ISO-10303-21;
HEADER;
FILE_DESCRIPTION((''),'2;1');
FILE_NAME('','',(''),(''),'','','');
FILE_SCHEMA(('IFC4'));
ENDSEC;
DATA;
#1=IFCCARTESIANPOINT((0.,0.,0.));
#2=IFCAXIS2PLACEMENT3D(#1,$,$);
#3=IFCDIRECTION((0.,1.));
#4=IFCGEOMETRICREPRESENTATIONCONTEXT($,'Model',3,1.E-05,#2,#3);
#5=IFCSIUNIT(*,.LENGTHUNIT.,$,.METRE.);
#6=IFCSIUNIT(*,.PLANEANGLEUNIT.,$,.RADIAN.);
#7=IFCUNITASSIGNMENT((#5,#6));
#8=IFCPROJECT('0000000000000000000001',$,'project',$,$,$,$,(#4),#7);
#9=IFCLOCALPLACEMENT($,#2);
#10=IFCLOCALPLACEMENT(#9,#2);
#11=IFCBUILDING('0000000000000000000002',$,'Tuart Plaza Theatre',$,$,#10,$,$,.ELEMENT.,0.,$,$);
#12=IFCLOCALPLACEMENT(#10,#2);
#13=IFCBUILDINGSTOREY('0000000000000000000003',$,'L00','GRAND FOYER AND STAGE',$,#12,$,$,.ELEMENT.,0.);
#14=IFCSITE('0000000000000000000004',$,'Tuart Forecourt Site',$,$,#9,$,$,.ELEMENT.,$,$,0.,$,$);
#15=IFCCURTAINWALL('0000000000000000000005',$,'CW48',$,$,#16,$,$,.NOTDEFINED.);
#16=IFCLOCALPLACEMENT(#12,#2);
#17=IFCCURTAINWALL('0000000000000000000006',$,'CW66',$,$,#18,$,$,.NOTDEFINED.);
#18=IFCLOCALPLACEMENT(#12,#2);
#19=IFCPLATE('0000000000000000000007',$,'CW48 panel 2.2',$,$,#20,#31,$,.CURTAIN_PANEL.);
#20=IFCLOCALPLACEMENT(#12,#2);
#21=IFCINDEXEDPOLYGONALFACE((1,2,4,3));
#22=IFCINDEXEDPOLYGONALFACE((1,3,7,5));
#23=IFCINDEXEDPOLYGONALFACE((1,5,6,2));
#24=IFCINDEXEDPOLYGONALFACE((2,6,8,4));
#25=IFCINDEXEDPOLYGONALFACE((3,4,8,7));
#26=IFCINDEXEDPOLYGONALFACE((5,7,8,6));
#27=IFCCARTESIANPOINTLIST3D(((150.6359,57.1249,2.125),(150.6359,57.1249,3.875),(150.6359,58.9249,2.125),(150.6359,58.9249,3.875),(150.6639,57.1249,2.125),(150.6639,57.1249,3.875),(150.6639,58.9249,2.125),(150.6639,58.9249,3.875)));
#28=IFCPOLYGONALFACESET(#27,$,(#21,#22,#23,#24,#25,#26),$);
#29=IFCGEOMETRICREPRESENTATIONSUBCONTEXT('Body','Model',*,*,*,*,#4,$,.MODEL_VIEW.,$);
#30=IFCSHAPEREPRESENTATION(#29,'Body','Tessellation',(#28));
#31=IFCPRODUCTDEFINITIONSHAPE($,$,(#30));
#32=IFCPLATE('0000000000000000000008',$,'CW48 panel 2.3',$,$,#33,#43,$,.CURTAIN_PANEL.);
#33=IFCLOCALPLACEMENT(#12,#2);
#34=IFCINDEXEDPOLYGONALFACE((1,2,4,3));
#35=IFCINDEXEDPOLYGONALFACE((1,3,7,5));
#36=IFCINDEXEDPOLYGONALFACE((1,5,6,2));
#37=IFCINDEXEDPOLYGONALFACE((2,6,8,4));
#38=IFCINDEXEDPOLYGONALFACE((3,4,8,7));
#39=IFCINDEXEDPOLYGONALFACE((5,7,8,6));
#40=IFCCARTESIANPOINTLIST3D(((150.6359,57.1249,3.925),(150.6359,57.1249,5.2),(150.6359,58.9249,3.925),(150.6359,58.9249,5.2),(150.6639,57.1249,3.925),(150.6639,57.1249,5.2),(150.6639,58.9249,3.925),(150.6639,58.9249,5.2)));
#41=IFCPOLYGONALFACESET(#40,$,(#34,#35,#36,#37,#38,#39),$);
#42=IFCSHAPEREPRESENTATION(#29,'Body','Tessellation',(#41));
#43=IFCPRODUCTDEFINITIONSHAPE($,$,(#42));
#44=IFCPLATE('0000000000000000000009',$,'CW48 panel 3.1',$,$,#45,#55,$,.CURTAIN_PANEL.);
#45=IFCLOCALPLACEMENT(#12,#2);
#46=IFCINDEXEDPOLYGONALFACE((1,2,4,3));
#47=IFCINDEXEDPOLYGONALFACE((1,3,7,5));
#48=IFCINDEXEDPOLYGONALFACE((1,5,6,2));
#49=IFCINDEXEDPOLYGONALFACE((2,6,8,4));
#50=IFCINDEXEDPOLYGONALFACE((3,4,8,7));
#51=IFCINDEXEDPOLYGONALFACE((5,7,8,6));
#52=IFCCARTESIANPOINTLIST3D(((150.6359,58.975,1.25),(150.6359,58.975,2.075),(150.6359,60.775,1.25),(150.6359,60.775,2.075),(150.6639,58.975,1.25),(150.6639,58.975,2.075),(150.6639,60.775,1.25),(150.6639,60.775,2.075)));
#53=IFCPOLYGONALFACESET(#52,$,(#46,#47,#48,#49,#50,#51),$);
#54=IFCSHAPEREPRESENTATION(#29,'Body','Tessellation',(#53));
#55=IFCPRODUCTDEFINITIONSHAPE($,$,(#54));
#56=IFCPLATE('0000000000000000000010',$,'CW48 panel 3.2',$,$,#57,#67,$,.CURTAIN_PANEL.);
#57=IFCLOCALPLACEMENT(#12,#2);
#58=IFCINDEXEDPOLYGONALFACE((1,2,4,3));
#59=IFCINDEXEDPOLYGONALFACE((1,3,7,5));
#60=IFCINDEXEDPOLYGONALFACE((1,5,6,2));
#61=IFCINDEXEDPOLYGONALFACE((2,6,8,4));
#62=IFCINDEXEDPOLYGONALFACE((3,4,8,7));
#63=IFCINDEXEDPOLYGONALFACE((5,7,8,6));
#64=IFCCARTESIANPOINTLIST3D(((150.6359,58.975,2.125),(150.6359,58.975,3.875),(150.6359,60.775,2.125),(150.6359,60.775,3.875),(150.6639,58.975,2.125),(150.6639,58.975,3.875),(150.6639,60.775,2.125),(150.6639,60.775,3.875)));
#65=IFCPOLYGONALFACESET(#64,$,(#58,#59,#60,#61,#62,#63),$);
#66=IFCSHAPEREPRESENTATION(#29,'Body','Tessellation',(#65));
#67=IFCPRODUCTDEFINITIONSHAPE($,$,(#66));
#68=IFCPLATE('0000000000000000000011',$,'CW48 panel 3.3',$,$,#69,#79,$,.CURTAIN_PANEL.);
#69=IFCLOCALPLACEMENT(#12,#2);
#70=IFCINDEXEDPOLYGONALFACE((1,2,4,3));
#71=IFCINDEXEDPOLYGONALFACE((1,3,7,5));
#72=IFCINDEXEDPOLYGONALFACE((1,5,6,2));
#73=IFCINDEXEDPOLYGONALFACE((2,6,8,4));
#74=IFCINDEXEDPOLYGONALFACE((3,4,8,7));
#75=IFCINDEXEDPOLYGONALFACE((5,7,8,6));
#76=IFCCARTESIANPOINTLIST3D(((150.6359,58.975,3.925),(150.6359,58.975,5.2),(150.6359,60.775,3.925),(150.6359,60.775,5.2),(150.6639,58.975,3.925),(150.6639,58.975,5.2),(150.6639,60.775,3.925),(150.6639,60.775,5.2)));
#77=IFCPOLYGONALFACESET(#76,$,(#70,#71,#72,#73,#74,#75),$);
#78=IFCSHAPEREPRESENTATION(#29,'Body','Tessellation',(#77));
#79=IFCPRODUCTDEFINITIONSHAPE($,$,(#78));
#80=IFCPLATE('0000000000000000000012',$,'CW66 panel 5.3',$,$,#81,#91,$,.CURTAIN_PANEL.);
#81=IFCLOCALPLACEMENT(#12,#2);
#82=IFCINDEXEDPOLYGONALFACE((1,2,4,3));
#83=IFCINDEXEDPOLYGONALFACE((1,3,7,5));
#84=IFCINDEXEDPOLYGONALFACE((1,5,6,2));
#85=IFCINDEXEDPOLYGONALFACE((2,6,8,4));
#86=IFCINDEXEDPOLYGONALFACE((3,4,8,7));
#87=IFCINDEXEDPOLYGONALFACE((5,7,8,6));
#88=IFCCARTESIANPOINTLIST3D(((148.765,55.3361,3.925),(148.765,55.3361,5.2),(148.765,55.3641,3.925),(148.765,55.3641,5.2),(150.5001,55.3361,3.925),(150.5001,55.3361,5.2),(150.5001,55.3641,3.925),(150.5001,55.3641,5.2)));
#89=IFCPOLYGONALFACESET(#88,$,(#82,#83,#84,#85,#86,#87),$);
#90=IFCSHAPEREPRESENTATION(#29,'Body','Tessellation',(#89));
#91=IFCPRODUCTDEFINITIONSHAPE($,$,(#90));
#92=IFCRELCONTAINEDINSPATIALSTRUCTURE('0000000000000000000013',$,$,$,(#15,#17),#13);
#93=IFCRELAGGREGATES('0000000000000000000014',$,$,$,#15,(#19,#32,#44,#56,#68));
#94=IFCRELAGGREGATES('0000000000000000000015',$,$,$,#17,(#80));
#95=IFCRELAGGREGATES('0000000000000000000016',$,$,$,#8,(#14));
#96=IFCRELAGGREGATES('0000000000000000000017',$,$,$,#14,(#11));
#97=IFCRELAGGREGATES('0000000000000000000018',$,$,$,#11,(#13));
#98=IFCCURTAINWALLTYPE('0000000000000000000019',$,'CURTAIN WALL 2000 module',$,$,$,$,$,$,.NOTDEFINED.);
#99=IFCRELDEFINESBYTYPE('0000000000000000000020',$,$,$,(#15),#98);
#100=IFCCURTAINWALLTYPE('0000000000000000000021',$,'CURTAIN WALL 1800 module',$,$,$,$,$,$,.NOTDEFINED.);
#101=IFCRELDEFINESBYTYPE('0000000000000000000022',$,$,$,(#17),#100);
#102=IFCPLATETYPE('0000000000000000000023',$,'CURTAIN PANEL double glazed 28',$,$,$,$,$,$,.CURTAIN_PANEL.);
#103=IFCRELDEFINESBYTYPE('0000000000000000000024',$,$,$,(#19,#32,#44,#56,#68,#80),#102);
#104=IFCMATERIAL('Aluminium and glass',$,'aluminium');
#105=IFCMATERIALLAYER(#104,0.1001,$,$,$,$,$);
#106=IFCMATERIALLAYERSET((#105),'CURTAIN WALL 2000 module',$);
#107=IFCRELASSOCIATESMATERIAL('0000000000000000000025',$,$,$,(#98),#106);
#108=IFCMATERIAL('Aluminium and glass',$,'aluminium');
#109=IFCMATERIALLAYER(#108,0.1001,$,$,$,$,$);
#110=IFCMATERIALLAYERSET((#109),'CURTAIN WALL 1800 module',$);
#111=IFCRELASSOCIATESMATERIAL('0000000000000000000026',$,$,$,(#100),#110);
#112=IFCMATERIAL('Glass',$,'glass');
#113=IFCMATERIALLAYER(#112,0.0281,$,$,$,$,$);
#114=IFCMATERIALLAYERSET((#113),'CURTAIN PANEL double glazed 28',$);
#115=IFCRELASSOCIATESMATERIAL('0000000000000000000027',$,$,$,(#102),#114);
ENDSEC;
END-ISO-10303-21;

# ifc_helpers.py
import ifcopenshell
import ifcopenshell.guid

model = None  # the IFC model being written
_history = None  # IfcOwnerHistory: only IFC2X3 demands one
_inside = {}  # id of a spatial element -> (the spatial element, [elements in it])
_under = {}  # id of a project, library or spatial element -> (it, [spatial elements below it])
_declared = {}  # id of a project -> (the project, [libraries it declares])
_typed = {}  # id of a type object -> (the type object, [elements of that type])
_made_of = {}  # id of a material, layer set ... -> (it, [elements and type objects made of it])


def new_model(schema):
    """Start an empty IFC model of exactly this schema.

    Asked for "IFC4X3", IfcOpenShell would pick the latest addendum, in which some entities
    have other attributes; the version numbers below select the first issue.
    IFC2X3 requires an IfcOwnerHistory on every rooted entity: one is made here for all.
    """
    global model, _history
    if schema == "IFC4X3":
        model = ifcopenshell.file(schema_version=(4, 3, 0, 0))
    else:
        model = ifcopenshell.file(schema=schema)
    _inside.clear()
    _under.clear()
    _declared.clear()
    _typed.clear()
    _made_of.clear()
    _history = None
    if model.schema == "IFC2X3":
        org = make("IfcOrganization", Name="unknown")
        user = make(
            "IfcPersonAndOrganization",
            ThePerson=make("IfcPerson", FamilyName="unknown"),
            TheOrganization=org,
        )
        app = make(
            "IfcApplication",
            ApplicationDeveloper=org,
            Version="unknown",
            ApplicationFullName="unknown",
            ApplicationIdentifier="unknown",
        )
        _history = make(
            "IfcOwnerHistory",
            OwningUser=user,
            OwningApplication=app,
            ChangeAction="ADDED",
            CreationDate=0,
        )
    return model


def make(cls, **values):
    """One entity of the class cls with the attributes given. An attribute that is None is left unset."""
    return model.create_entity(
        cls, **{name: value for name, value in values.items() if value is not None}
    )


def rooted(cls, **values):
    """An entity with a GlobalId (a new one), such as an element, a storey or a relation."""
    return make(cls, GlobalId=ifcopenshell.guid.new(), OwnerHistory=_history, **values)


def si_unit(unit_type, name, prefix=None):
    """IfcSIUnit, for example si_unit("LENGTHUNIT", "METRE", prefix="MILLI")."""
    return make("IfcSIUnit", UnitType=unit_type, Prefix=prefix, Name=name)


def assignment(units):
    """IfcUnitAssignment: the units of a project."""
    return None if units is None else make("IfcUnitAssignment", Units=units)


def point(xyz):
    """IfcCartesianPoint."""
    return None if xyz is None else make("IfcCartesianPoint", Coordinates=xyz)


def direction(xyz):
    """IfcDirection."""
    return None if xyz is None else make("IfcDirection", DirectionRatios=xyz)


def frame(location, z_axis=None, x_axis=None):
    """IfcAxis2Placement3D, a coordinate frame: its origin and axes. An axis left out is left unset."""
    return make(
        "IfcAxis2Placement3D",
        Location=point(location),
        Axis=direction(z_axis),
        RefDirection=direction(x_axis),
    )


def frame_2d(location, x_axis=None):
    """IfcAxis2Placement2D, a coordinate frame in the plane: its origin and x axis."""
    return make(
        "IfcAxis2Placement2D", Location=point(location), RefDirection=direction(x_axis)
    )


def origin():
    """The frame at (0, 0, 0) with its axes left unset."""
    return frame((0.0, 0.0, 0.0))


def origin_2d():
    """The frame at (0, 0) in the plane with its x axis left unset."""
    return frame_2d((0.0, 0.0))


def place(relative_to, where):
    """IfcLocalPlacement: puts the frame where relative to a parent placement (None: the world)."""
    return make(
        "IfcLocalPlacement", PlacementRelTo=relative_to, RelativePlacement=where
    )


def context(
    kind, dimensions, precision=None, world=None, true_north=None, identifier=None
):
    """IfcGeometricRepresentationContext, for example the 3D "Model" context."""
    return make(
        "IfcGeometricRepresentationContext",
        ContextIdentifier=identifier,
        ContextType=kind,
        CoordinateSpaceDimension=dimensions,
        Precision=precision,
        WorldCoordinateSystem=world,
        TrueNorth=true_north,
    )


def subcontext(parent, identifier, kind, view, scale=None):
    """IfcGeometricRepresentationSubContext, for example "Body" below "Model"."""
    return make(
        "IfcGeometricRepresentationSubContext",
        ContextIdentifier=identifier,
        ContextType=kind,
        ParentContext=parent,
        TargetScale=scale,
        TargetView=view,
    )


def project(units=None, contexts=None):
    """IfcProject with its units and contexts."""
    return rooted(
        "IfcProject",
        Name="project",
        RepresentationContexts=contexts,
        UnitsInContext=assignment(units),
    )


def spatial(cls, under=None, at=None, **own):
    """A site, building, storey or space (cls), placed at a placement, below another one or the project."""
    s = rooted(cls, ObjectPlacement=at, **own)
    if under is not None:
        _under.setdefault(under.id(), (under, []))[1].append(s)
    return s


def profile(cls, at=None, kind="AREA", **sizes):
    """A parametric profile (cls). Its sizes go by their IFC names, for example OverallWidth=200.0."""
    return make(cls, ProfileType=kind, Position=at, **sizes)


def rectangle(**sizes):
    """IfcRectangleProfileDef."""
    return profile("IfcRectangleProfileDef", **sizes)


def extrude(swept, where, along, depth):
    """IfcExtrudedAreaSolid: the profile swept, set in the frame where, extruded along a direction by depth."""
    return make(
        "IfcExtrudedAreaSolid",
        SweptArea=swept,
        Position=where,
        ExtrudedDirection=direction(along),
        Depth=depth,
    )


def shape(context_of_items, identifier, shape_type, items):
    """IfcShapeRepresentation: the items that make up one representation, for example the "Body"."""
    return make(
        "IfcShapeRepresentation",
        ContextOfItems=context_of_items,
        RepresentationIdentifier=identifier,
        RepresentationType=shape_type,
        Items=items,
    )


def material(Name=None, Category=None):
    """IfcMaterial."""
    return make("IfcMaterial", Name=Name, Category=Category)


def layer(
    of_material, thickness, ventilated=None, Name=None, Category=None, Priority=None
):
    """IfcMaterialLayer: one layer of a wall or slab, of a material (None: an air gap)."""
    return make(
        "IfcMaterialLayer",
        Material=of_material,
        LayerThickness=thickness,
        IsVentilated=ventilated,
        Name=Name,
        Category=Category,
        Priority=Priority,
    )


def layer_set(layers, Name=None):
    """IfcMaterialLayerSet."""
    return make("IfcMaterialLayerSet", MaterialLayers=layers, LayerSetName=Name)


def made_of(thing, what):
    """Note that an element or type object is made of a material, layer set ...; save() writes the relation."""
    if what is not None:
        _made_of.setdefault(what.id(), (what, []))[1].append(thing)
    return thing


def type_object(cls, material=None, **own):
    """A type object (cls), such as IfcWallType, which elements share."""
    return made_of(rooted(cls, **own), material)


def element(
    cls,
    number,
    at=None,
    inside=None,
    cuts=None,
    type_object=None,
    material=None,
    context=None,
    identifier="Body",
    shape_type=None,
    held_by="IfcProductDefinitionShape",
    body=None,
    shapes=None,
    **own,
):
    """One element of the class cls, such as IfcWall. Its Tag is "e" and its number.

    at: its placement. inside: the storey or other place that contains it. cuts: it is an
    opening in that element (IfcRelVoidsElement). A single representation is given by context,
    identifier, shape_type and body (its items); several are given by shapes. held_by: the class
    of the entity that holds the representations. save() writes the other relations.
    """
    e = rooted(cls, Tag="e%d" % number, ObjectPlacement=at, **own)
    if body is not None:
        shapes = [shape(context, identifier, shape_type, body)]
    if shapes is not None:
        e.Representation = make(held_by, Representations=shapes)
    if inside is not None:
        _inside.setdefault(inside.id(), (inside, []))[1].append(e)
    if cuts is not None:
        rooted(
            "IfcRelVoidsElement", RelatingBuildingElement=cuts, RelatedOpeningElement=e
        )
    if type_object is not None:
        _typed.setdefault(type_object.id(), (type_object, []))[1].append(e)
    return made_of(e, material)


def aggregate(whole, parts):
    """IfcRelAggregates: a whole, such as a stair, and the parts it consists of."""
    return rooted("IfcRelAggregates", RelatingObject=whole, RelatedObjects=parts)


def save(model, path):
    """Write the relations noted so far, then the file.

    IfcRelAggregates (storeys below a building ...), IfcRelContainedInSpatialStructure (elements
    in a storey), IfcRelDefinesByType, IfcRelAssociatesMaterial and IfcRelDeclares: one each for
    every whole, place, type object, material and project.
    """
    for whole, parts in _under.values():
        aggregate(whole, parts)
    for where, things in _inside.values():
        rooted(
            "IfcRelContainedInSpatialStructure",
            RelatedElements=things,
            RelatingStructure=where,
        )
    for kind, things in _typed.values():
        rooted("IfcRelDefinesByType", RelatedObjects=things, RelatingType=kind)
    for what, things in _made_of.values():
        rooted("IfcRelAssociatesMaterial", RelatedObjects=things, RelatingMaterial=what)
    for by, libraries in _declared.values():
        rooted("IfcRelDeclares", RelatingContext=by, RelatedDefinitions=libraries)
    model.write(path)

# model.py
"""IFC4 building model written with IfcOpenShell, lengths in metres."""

from ifc_helpers import new_model, si_unit, direction, frame, origin, origin_2d, place, context, subcontext, project, spatial, rectangle, extrude, material, layer, layer_set, type_object, element, aggregate, save


model = new_model("IFC4")

# Units and contexts
model_context = context("Model", 3, precision=1e-05, world=origin(), true_north=direction((0.0, 1.0)))
body_context = subcontext(model_context, "Body", "Model", "MODEL_VIEW")
ifc_project = project(units=[si_unit("LENGTHUNIT", "METRE"), si_unit("PLANEANGLEUNIT", "RADIAN")], contexts=[model_context])

# Site, building, storey
site_placement = place(None, origin())
site = spatial("IfcSite", under=ifc_project, at=site_placement, Name="Tuart Forecourt Site", CompositionType="ELEMENT", RefElevation=0.0)
building_placement = place(site_placement, origin())
building = spatial("IfcBuilding", under=site, at=building_placement, Name="Tuart Plaza Theatre", CompositionType="ELEMENT", ElevationOfRefHeight=0.0)
storey_placement = place(building_placement, origin())
storey = spatial("IfcBuildingStorey", under=building, at=storey_placement, Name="L00", Description="GRAND FOYER AND STAGE", CompositionType="ELEMENT", Elevation=0.0)

# Curtain wall
ifc_material_1 = material(Name="Aluminium and glass", Category="aluminium")
ifc_layer_1 = layer(ifc_material_1, 0.1001)
ifc_layer_set_1 = layer_set([ifc_layer_1], Name="CURTAIN WALL 2000 module")
curtain_wall_type_1 = type_object("IfcCurtainWallType", Name="CURTAIN WALL 2000 module", PredefinedType="NOTDEFINED", material=ifc_layer_set_1)
curtain_wall_1_placement = place(storey_placement, origin())
curtain_wall_1 = element("IfcCurtainWall", 1, at=curtain_wall_1_placement, inside=storey, type_object=curtain_wall_type_1, Name="CW48", PredefinedType="NOTDEFINED")

# Curtain wall
ifc_material_2 = material(Name="Aluminium and glass", Category="aluminium")
ifc_layer_2 = layer(ifc_material_2, 0.1001)
ifc_layer_set_2 = layer_set([ifc_layer_2], Name="CURTAIN WALL 1800 module")
curtain_wall_type_2 = type_object("IfcCurtainWallType", Name="CURTAIN WALL 1800 module", PredefinedType="NOTDEFINED", material=ifc_layer_set_2)
curtain_wall_2_placement = place(storey_placement, origin())
curtain_wall_2 = element("IfcCurtainWall", 2, at=curtain_wall_2_placement, inside=storey, type_object=curtain_wall_type_2, Name="CW66", PredefinedType="NOTDEFINED")

# Plates
ifc_material_3 = material(Name="Glass", Category="glass")
ifc_layer_3 = layer(ifc_material_3, 0.0281)
ifc_layer_set_3 = layer_set([ifc_layer_3], Name="CURTAIN PANEL double glazed 28")
plate_type = type_object("IfcPlateType", Name="CURTAIN PANEL double glazed 28", PredefinedType="CURTAIN_PANEL", material=ifc_layer_set_3)
plate_1_placement = place(storey_placement, frame((150.6499, 58.0249, 2.125), z_axis=(0.0, 0.0, 1.0), x_axis=(0.0, 1.0, 0.0)))
plate_1 = element("IfcPlate", 3, at=plate_1_placement, type_object=plate_type, Name="CW48 panel 2.2", PredefinedType="CURTAIN_PANEL", context=body_context, shape_type="SweptSolid", body=[
    extrude(rectangle(XDim=1.8, YDim=0.0281, at=origin_2d()), origin(), (0.0, 0.0, 1.0), 1.75),
])
plate_2_placement = place(storey_placement, frame((150.6499, 58.0249, 3.925), z_axis=(0.0, 0.0, 1.0), x_axis=(0.0, 1.0, 0.0)))
plate_2 = element("IfcPlate", 4, at=plate_2_placement, type_object=plate_type, Name="CW48 panel 2.3", PredefinedType="CURTAIN_PANEL", context=body_context, shape_type="SweptSolid", body=[
    extrude(rectangle(XDim=1.8, YDim=0.0281, at=origin_2d()), origin(), (0.0, 0.0, 1.0), 1.2749),
])
plate_3_placement = place(storey_placement, frame((150.6499, 59.875, 1.25), z_axis=(0.0, 0.0, 1.0), x_axis=(0.0, 1.0, 0.0)))
plate_3 = element("IfcPlate", 5, at=plate_3_placement, type_object=plate_type, Name="CW48 panel 3.1", PredefinedType="CURTAIN_PANEL", context=body_context, shape_type="SweptSolid", body=[
    extrude(rectangle(XDim=1.8, YDim=0.0281, at=origin_2d()), origin(), (0.0, 0.0, 1.0), 0.825),
])
plate_4_placement = place(storey_placement, frame((150.6499, 59.875, 2.125), z_axis=(0.0, 0.0, 1.0), x_axis=(0.0, 1.0, 0.0)))
plate_4 = element("IfcPlate", 6, at=plate_4_placement, type_object=plate_type, Name="CW48 panel 3.2", PredefinedType="CURTAIN_PANEL", context=body_context, shape_type="SweptSolid", body=[
    extrude(rectangle(XDim=1.8, YDim=0.0281, at=origin_2d()), origin(), (0.0, 0.0, 1.0), 1.75),
])
plate_5_placement = place(storey_placement, frame((150.6499, 59.875, 3.925), z_axis=(0.0, 0.0, 1.0), x_axis=(0.0, 1.0, 0.0)))
plate_5 = element("IfcPlate", 7, at=plate_5_placement, type_object=plate_type, Name="CW48 panel 3.3", PredefinedType="CURTAIN_PANEL", context=body_context, shape_type="SweptSolid", body=[
    extrude(rectangle(XDim=1.8, YDim=0.0281, at=origin_2d()), origin(), (0.0, 0.0, 1.0), 1.2749),
])
aggregate(curtain_wall_1, [plate_1, plate_2, plate_3, plate_4, plate_5])
plate_6_placement = place(storey_placement, frame((149.6326, 55.3501, 3.925), z_axis=(0.0, 0.0, 1.0), x_axis=(1.0, 0.0, 0.0)))
plate_6 = element("IfcPlate", 8, at=plate_6_placement, type_object=plate_type, Name="CW66 panel 5.3", PredefinedType="CURTAIN_PANEL", context=body_context, shape_type="SweptSolid", body=[
    extrude(rectangle(XDim=1.7351, YDim=0.0281, at=origin_2d()), origin(), (0.0, 0.0, 1.0), 1.2749),
])
aggregate(curtain_wall_2, [plate_6])

save(model, "model.ifc")
